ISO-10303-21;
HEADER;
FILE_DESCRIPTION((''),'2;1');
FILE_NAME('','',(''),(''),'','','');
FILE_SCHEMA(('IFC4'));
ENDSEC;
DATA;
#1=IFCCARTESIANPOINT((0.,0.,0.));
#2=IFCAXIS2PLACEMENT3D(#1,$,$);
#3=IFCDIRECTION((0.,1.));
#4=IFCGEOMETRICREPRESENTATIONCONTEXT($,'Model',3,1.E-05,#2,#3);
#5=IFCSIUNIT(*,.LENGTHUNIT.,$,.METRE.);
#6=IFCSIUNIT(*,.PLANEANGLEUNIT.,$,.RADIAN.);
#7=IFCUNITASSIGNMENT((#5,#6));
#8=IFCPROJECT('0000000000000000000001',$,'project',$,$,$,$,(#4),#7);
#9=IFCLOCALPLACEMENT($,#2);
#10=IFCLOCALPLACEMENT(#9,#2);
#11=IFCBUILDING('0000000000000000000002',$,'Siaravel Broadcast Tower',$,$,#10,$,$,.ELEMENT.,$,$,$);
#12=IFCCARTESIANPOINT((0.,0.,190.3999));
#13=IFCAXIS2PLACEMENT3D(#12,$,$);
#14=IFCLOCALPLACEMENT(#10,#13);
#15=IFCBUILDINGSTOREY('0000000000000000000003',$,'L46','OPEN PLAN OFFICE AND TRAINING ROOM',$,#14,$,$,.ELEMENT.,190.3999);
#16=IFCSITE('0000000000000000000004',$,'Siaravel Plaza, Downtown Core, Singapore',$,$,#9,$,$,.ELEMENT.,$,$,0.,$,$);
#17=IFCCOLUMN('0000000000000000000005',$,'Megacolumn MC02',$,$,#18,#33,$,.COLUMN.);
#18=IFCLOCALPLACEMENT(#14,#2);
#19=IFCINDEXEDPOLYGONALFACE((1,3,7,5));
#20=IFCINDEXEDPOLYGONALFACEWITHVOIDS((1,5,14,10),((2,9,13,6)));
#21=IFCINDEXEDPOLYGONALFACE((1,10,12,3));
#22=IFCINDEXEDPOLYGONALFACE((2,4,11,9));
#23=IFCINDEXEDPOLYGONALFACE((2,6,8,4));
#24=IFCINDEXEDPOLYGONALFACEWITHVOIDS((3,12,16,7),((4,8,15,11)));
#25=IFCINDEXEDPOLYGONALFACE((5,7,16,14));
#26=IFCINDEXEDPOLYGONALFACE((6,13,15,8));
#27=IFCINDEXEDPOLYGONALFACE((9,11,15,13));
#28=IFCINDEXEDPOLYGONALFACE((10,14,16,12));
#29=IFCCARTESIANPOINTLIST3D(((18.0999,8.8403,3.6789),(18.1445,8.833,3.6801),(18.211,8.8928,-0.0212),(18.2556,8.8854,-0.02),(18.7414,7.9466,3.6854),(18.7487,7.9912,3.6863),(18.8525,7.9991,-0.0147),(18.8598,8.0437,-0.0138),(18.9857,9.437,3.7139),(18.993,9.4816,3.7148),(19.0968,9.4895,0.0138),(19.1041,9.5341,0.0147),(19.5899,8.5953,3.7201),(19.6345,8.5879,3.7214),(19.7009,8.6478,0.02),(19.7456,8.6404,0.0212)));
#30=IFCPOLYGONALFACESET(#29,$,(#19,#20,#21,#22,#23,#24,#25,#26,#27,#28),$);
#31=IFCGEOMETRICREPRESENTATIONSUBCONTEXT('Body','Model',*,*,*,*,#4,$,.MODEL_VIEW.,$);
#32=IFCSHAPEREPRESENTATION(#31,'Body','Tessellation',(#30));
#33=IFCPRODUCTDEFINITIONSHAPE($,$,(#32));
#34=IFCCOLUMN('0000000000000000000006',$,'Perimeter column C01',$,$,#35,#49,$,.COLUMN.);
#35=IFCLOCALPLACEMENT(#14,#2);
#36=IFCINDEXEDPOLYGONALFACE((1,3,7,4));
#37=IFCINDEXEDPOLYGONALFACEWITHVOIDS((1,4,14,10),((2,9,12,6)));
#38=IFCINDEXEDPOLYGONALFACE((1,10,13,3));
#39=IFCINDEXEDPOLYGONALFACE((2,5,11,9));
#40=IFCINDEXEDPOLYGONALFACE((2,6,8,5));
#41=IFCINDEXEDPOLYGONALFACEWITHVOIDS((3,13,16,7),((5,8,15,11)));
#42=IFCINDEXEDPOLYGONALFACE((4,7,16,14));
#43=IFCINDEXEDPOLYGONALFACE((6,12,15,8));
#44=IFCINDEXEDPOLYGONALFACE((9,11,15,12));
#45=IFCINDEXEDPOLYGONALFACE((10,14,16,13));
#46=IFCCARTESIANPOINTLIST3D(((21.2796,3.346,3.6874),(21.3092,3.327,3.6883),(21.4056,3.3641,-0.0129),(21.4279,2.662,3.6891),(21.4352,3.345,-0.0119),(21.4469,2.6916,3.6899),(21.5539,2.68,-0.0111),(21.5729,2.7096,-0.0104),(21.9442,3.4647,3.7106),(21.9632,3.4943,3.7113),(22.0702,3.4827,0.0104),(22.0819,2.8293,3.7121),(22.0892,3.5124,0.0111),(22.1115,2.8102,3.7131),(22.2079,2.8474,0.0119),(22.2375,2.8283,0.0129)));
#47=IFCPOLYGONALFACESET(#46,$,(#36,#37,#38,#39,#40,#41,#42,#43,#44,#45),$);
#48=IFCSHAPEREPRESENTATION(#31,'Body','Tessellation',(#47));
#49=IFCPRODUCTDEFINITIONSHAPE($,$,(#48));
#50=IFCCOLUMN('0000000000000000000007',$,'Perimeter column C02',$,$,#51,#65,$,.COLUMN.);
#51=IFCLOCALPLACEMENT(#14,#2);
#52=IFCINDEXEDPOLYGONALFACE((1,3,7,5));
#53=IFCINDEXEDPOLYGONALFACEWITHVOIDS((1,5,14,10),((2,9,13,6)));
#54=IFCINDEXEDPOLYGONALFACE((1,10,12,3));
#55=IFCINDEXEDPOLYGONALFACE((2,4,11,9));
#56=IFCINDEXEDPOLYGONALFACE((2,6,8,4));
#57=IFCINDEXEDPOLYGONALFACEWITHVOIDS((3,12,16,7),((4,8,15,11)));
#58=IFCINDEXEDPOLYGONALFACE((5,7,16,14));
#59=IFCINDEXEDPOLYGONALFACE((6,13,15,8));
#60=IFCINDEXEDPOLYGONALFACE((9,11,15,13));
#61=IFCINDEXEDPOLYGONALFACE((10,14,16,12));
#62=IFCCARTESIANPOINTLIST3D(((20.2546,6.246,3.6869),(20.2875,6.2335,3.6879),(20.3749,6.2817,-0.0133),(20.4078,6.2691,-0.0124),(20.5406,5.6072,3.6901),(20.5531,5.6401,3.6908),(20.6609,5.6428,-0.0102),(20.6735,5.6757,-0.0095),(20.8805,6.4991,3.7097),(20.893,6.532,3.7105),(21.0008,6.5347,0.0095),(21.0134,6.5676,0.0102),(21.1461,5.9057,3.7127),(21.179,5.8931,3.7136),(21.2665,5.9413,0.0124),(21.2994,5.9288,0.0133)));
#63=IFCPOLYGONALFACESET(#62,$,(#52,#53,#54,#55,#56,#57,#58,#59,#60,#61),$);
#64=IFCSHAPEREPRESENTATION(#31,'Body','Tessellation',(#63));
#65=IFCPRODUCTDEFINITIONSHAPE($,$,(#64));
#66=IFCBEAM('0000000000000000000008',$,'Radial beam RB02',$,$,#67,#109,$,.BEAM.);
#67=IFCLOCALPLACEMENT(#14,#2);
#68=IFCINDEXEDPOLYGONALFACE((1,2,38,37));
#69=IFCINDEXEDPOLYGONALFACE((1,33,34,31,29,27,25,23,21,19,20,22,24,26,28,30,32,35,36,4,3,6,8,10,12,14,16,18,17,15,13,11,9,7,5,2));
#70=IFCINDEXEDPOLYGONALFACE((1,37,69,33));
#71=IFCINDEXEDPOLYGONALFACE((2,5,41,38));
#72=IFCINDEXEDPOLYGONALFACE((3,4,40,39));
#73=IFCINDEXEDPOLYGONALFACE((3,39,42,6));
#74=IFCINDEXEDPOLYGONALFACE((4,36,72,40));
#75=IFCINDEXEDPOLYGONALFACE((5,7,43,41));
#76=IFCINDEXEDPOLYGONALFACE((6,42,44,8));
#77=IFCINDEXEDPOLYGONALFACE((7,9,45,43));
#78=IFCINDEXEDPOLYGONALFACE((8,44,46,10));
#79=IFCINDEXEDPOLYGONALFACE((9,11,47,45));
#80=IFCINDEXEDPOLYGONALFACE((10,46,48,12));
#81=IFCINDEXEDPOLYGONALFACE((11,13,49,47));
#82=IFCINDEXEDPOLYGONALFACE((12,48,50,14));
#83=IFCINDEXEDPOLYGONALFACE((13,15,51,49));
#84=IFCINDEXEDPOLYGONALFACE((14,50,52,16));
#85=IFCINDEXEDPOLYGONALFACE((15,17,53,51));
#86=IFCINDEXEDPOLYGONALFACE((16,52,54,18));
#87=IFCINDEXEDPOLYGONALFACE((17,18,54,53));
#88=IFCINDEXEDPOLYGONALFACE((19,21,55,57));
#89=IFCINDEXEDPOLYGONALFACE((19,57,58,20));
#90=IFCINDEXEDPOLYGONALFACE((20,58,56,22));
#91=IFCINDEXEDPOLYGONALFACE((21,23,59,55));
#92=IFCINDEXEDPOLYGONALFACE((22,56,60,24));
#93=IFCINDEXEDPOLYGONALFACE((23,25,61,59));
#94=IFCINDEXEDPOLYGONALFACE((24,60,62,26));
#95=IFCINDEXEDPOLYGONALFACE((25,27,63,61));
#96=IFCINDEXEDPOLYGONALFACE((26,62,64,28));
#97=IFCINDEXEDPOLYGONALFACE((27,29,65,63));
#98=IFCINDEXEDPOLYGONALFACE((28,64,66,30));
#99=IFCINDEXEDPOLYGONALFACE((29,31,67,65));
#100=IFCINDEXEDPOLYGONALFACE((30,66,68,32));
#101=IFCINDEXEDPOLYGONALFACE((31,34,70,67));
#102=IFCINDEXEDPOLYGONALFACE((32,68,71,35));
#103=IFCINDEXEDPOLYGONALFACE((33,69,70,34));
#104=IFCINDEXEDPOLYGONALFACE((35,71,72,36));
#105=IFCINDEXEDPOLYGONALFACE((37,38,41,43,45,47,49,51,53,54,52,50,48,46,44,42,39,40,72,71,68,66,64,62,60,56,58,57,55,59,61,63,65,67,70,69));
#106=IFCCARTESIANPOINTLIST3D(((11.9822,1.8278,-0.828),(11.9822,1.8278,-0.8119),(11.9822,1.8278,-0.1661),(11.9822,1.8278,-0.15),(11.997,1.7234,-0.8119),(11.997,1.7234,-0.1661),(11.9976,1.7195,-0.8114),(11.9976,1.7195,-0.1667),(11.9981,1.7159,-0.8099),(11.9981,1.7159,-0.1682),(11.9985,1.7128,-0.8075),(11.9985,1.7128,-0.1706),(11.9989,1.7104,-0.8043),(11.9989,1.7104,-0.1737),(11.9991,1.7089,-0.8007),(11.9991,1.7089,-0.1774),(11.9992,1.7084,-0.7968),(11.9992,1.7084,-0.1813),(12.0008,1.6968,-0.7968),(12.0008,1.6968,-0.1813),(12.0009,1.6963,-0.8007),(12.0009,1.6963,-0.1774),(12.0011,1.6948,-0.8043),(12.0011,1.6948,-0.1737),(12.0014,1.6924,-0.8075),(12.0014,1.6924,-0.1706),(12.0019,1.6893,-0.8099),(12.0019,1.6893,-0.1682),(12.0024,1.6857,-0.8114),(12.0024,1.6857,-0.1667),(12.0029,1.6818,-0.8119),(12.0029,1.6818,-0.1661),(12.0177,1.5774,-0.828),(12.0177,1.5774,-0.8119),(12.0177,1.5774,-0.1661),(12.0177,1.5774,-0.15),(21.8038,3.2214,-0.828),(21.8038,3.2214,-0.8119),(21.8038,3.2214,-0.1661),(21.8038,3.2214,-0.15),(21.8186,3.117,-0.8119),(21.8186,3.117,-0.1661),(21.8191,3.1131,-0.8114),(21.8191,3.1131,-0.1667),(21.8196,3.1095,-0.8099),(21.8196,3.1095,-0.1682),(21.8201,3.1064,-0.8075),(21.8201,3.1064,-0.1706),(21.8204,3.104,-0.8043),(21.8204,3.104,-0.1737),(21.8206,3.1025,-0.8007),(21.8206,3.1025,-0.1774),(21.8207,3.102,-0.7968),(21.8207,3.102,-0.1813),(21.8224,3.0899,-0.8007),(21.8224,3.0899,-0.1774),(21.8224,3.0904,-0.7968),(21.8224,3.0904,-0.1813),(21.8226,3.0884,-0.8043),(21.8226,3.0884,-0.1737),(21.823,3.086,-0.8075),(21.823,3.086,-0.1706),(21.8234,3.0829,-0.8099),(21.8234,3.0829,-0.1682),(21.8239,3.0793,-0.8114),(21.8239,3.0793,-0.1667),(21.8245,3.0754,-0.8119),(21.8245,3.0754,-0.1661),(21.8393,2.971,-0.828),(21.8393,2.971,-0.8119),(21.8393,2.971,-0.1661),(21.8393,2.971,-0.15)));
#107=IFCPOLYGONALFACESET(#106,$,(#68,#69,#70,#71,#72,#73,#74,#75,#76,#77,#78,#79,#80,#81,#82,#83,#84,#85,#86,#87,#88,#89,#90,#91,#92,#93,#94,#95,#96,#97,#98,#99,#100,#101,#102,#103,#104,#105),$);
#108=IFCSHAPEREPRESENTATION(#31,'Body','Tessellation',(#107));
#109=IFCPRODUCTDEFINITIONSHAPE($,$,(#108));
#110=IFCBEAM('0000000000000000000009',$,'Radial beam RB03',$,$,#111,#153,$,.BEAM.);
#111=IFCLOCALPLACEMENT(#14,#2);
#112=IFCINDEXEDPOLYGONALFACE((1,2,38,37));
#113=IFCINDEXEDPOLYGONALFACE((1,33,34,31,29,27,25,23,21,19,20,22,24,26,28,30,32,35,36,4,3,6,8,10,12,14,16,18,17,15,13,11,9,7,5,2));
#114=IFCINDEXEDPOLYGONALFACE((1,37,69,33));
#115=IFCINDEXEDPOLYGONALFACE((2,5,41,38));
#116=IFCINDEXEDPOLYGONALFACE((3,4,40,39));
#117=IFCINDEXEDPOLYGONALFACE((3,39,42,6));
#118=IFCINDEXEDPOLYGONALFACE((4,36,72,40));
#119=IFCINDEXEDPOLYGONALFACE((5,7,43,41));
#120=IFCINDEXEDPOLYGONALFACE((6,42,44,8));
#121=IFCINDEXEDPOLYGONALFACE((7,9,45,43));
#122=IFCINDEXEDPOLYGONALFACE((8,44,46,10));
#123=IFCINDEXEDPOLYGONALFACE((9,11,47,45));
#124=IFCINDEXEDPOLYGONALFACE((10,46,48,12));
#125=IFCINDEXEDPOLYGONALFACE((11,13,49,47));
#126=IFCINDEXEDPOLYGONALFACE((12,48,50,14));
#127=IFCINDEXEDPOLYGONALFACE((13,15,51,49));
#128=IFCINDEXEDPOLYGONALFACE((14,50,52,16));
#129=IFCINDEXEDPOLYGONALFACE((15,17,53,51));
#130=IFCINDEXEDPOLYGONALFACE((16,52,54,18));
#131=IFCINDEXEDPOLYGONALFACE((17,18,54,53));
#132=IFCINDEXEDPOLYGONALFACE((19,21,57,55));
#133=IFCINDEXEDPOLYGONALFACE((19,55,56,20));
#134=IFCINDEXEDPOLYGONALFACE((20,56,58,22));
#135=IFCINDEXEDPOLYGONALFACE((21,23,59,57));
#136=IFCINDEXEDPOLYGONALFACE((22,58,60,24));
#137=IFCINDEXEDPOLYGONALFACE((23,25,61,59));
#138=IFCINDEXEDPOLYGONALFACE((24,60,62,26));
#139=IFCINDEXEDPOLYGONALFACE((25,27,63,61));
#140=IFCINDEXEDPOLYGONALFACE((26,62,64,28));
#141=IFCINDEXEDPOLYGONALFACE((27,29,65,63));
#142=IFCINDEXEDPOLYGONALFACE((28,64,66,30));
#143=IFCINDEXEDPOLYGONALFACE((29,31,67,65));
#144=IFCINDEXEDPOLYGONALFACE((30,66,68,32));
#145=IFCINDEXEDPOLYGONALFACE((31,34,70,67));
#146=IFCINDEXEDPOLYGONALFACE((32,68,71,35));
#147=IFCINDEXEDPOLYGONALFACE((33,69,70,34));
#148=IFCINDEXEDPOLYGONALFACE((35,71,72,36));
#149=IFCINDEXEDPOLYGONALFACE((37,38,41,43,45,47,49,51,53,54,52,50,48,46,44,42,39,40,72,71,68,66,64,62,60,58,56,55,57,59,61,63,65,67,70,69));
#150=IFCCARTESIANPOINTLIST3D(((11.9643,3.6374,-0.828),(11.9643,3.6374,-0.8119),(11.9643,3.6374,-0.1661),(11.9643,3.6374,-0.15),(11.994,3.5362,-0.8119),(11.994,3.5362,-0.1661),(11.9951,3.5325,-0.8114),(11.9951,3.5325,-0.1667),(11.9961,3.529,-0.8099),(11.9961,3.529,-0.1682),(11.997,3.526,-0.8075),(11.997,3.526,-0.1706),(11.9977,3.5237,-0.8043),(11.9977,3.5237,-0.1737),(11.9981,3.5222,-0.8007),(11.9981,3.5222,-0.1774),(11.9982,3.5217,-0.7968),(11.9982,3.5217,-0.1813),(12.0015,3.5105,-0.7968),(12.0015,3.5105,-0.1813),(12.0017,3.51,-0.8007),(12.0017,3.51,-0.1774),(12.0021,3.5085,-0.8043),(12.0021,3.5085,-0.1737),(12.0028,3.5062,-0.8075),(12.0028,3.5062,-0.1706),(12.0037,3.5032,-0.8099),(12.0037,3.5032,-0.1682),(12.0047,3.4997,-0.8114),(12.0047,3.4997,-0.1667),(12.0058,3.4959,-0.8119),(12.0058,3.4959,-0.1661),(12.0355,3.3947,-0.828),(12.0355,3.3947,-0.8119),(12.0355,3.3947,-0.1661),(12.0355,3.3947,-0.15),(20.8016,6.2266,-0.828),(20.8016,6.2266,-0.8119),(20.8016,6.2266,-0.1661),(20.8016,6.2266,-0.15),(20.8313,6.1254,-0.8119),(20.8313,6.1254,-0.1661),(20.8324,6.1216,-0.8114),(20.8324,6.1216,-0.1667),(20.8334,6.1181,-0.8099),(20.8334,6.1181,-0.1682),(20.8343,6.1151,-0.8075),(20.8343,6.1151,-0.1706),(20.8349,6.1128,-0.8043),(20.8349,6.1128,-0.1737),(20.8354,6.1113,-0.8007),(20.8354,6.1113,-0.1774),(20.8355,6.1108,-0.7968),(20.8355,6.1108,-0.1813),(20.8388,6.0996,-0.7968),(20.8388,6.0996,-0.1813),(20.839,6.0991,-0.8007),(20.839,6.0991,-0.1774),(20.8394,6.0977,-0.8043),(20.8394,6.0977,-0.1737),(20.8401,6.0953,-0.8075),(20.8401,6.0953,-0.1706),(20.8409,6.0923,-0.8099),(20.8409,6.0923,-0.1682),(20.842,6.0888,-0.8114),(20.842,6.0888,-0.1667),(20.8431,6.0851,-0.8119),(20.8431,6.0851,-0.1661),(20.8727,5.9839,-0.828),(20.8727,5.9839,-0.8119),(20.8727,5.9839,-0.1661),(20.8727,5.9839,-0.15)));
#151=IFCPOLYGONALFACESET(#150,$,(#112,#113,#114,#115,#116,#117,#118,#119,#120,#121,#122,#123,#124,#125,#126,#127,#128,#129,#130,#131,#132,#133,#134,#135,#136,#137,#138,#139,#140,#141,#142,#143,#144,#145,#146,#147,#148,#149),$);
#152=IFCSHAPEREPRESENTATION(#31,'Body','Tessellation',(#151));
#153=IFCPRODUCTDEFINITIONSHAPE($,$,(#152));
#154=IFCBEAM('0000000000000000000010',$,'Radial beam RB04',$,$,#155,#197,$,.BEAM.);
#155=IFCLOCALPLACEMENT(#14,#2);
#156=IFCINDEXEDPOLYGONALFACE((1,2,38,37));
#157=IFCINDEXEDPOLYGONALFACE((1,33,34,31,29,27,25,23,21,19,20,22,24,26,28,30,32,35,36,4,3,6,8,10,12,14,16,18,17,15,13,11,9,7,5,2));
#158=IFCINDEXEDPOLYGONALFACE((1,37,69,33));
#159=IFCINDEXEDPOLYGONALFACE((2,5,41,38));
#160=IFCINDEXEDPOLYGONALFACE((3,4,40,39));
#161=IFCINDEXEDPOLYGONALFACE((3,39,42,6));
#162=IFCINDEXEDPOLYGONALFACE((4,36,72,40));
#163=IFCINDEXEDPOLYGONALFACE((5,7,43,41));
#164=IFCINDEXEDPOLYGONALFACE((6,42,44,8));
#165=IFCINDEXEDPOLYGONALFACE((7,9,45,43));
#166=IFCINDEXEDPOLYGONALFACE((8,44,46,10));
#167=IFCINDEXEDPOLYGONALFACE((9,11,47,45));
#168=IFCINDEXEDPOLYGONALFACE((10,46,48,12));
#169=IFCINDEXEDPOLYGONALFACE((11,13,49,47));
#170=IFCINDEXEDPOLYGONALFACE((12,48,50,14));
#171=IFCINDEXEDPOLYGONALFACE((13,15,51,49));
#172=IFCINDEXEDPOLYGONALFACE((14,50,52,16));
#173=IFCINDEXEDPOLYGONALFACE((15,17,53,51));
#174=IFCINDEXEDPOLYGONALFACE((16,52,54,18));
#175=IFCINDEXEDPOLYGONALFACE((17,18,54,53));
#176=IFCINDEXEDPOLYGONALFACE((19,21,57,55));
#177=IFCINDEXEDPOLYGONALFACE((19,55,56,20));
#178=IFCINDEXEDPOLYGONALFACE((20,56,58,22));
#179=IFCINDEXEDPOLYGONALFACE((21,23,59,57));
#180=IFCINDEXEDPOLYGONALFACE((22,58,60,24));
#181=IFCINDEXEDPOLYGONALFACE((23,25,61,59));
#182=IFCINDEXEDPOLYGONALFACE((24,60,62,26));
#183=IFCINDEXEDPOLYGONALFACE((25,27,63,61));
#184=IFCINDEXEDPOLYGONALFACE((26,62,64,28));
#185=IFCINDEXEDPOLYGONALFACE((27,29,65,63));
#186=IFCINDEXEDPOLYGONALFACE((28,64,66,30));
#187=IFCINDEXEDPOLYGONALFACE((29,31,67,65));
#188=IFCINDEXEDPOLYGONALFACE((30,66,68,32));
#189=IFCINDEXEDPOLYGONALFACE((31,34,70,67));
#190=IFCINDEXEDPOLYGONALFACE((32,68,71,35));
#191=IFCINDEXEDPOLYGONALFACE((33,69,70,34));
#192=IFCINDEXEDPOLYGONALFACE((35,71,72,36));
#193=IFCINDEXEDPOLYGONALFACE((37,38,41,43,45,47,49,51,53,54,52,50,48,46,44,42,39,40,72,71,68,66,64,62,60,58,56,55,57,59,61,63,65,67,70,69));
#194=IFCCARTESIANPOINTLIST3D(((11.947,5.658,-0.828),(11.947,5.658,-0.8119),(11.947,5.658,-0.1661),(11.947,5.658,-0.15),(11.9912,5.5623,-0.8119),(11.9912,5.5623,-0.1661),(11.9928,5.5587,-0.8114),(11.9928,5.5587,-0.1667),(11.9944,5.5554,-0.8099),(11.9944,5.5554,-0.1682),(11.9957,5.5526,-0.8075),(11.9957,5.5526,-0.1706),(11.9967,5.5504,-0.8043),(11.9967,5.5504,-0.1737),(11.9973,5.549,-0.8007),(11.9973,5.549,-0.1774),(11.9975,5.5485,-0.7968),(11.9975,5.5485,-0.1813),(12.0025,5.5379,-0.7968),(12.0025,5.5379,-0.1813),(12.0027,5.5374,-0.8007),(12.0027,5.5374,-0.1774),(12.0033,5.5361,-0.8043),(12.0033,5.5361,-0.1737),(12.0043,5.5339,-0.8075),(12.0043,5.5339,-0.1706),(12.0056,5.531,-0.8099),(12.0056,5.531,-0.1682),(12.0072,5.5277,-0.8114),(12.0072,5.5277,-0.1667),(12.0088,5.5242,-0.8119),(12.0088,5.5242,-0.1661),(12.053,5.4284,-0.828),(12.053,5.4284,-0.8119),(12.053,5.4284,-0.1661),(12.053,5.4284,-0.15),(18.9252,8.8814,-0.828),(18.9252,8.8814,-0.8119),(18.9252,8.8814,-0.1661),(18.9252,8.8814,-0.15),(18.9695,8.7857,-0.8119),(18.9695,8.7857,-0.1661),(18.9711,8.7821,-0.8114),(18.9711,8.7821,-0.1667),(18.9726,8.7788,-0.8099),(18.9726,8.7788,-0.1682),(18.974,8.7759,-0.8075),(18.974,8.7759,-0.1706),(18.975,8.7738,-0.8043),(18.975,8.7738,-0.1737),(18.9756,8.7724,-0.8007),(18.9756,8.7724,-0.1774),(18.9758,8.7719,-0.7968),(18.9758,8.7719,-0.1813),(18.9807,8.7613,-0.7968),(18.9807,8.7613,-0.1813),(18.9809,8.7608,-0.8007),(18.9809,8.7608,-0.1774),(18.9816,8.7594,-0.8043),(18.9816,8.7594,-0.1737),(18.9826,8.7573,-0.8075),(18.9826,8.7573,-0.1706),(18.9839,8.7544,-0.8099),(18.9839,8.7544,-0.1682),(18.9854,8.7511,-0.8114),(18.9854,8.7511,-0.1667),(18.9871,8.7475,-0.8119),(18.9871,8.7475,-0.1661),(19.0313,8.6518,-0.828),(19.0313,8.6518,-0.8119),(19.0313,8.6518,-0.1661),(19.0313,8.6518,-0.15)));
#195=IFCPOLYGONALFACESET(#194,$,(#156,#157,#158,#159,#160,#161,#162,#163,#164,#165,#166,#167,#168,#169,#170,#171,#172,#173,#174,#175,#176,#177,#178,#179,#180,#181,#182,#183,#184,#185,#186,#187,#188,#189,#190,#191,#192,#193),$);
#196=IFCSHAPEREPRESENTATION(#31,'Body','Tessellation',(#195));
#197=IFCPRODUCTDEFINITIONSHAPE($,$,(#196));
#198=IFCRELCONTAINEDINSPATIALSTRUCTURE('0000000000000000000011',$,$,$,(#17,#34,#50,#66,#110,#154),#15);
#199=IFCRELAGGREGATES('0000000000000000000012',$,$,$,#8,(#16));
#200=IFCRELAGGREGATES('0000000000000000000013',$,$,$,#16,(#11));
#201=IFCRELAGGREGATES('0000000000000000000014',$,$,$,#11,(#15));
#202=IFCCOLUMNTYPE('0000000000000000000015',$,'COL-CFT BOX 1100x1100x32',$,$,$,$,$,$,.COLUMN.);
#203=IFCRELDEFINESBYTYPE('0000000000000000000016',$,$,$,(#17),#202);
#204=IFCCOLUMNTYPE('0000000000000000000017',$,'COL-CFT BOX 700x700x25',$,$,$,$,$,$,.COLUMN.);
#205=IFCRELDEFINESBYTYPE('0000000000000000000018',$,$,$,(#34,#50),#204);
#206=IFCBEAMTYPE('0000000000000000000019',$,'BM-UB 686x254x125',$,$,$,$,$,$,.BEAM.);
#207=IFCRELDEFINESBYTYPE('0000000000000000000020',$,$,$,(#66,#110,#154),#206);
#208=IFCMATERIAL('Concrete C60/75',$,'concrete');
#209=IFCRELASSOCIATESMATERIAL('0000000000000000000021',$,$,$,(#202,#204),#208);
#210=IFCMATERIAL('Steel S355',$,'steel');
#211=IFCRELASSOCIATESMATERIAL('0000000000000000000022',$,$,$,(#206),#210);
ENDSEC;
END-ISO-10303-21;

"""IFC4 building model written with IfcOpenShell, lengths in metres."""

from ifc_helpers import new_model, si_unit, direction, frame, origin, origin_2d, place, context, subcontext, project, spatial, hollow_rectangle, i_section, extrude, material, material_profile, profile_set, type_object, element, save


model = new_model("IFC4")

# Units and contexts
model_context = context("Model", 3, precision=1e-05, world=origin(), true_north=direction((0.0, 1.0)))
body_context = subcontext(model_context, "Body", "Model", "MODEL_VIEW")
ifc_project = project(units=[si_unit("LENGTHUNIT", "METRE"), si_unit("PLANEANGLEUNIT", "RADIAN")], contexts=[model_context])

# Site, building, storey
site_placement = place(None, origin())
site = spatial("IfcSite", under=ifc_project, at=site_placement, Name="Siaravel Plaza, Downtown Core, Singapore", CompositionType="ELEMENT", RefElevation=0.0)
building_placement = place(site_placement, origin())
building = spatial("IfcBuilding", under=site, at=building_placement, Name="Siaravel Broadcast Tower", CompositionType="ELEMENT")
storey_placement = place(building_placement, frame((0.0, 0.0, 190.3999)))
storey = spatial("IfcBuildingStorey", under=building, at=storey_placement, Name="L46", Description="OPEN PLAN OFFICE AND TRAINING ROOM", CompositionType="ELEMENT", Elevation=190.3999)

# Columns
ifc_material_1 = material(Name="Concrete C60/75", Category="concrete")
ifc_material_profile_1 = material_profile(ifc_material_1, hollow_rectangle(XDim=1.1001, YDim=1.1001, WallThickness=0.032, at=origin_2d()))
ifc_profile_set_1 = profile_set([ifc_material_profile_1], Name="Concrete C60/75")
column_type_1 = type_object("IfcColumnType", Name="COL-CFT BOX 1100x1100x32", PredefinedType="COLUMN", material=ifc_profile_set_1)
column_placement = place(storey_placement, frame((18.9783, 8.7666, 0.0), z_axis=(-0.030005, -0.014178, 0.999449), x_axis=(0.583112, -0.81237, 0.005982)))
element("IfcColumn", 1, at=column_placement, inside=storey, type_object=column_type_1, Name="Megacolumn MC02", PredefinedType="COLUMN", context=body_context, shape_type="SweptSolid", body=[
    extrude(hollow_rectangle(XDim=1.1001, YDim=1.1001, WallThickness=0.032, at=origin_2d()), origin(), (0.0, 0.0, 1.0), 3.7021),
])
ifc_material_profile_2 = material_profile(ifc_material_1, hollow_rectangle(XDim=0.7, YDim=0.7, WallThickness=0.0249, at=origin_2d()))
ifc_profile_set_2 = profile_set([ifc_material_profile_2], Name="Concrete C60/75")
column_type_2 = type_object("IfcColumnType", Name="COL-CFT BOX 700x700x25", PredefinedType="COLUMN", material=ifc_profile_set_2)
for number, where, z_axis, x_axis, name in (
    (2, (21.8215, 3.0962, 0.0), (-0.034026, -0.00488, 0.999409), (0.211866, -0.977296, 0.002441), "Perimeter column C01"),
    (3, (20.8372, 6.1052, 0.0), (-0.03251, -0.009628, 0.999425), (0.408631, -0.912689, 0.0045), "Perimeter column C02"),
):
    element("IfcColumn", number, at=place(storey_placement, frame(where, z_axis=z_axis, x_axis=x_axis)), inside=storey, type_object=column_type_2, Name=name, PredefinedType="COLUMN", context=body_context, shape_type="SweptSolid", body=[
        extrude(hollow_rectangle(XDim=0.7, YDim=0.7, WallThickness=0.0249, at=origin_2d()), origin(), (0.0, 0.0, 1.0), 3.7024),
    ])

# Beams
ifc_material_2 = material(Name="Steel S355", Category="steel")
ifc_material_profile_3 = material_profile(ifc_material_2, i_section(OverallWidth=0.2529, OverallDepth=0.678, WebThickness=0.0117, FlangeThickness=0.0161, FilletRadius=0.0151, at=origin_2d()))
ifc_profile_set_3 = profile_set([ifc_material_profile_3], Name="Steel S355")
beam_type = type_object("IfcBeamType", Name="BM-UB 686x254x125", PredefinedType="BEAM", material=ifc_profile_set_3)
beam_1_placement = place(storey_placement, frame((21.8215, 3.0962, -0.489), z_axis=(-0.990083, -0.140481, 0.0), x_axis=(0.140481, -0.990083, 0.0)))
element("IfcBeam", 4, at=beam_1_placement, inside=storey, type_object=beam_type, Name="Radial beam RB02", PredefinedType="BEAM", context=body_context, shape_type="SweptSolid", body=[
    extrude(i_section(OverallWidth=0.2529, OverallDepth=0.678, WebThickness=0.0117, FlangeThickness=0.0161, FilletRadius=0.0151, at=origin_2d()), origin(), (0.0, 0.0, 1.0), 9.9199),
])
beam_2_placement = place(storey_placement, frame((20.8372, 6.1052, -0.489), z_axis=(-0.95966, -0.281161, 0.0), x_axis=(0.281161, -0.95966, 0.0)))
element("IfcBeam", 5, at=beam_2_placement, inside=storey, type_object=beam_type, Name="Radial beam RB03", PredefinedType="BEAM", context=body_context, shape_type="SweptSolid", body=[
    extrude(i_section(OverallWidth=0.2529, OverallDepth=0.678, WebThickness=0.0117, FlangeThickness=0.0161, FilletRadius=0.0151, at=origin_2d()), origin(), (0.0, 0.0, 1.0), 9.2087),
])
beam_3_placement = place(storey_placement, frame((18.9783, 8.7666, -0.489), z_axis=(-0.907828, -0.419342, 0.0), x_axis=(0.419342, -0.907828, 0.0)))
element("IfcBeam", 6, at=beam_3_placement, inside=storey, type_object=beam_type, Name="Radial beam RB04", PredefinedType="BEAM", context=body_context, shape_type="SweptSolid", body=[
    extrude(i_section(OverallWidth=0.2529, OverallDepth=0.678, WebThickness=0.0117, FlangeThickness=0.0161, FilletRadius=0.0151, at=origin_2d()), origin(), (0.0, 0.0, 1.0), 7.6868),
])

save(model, "model.ifc")
